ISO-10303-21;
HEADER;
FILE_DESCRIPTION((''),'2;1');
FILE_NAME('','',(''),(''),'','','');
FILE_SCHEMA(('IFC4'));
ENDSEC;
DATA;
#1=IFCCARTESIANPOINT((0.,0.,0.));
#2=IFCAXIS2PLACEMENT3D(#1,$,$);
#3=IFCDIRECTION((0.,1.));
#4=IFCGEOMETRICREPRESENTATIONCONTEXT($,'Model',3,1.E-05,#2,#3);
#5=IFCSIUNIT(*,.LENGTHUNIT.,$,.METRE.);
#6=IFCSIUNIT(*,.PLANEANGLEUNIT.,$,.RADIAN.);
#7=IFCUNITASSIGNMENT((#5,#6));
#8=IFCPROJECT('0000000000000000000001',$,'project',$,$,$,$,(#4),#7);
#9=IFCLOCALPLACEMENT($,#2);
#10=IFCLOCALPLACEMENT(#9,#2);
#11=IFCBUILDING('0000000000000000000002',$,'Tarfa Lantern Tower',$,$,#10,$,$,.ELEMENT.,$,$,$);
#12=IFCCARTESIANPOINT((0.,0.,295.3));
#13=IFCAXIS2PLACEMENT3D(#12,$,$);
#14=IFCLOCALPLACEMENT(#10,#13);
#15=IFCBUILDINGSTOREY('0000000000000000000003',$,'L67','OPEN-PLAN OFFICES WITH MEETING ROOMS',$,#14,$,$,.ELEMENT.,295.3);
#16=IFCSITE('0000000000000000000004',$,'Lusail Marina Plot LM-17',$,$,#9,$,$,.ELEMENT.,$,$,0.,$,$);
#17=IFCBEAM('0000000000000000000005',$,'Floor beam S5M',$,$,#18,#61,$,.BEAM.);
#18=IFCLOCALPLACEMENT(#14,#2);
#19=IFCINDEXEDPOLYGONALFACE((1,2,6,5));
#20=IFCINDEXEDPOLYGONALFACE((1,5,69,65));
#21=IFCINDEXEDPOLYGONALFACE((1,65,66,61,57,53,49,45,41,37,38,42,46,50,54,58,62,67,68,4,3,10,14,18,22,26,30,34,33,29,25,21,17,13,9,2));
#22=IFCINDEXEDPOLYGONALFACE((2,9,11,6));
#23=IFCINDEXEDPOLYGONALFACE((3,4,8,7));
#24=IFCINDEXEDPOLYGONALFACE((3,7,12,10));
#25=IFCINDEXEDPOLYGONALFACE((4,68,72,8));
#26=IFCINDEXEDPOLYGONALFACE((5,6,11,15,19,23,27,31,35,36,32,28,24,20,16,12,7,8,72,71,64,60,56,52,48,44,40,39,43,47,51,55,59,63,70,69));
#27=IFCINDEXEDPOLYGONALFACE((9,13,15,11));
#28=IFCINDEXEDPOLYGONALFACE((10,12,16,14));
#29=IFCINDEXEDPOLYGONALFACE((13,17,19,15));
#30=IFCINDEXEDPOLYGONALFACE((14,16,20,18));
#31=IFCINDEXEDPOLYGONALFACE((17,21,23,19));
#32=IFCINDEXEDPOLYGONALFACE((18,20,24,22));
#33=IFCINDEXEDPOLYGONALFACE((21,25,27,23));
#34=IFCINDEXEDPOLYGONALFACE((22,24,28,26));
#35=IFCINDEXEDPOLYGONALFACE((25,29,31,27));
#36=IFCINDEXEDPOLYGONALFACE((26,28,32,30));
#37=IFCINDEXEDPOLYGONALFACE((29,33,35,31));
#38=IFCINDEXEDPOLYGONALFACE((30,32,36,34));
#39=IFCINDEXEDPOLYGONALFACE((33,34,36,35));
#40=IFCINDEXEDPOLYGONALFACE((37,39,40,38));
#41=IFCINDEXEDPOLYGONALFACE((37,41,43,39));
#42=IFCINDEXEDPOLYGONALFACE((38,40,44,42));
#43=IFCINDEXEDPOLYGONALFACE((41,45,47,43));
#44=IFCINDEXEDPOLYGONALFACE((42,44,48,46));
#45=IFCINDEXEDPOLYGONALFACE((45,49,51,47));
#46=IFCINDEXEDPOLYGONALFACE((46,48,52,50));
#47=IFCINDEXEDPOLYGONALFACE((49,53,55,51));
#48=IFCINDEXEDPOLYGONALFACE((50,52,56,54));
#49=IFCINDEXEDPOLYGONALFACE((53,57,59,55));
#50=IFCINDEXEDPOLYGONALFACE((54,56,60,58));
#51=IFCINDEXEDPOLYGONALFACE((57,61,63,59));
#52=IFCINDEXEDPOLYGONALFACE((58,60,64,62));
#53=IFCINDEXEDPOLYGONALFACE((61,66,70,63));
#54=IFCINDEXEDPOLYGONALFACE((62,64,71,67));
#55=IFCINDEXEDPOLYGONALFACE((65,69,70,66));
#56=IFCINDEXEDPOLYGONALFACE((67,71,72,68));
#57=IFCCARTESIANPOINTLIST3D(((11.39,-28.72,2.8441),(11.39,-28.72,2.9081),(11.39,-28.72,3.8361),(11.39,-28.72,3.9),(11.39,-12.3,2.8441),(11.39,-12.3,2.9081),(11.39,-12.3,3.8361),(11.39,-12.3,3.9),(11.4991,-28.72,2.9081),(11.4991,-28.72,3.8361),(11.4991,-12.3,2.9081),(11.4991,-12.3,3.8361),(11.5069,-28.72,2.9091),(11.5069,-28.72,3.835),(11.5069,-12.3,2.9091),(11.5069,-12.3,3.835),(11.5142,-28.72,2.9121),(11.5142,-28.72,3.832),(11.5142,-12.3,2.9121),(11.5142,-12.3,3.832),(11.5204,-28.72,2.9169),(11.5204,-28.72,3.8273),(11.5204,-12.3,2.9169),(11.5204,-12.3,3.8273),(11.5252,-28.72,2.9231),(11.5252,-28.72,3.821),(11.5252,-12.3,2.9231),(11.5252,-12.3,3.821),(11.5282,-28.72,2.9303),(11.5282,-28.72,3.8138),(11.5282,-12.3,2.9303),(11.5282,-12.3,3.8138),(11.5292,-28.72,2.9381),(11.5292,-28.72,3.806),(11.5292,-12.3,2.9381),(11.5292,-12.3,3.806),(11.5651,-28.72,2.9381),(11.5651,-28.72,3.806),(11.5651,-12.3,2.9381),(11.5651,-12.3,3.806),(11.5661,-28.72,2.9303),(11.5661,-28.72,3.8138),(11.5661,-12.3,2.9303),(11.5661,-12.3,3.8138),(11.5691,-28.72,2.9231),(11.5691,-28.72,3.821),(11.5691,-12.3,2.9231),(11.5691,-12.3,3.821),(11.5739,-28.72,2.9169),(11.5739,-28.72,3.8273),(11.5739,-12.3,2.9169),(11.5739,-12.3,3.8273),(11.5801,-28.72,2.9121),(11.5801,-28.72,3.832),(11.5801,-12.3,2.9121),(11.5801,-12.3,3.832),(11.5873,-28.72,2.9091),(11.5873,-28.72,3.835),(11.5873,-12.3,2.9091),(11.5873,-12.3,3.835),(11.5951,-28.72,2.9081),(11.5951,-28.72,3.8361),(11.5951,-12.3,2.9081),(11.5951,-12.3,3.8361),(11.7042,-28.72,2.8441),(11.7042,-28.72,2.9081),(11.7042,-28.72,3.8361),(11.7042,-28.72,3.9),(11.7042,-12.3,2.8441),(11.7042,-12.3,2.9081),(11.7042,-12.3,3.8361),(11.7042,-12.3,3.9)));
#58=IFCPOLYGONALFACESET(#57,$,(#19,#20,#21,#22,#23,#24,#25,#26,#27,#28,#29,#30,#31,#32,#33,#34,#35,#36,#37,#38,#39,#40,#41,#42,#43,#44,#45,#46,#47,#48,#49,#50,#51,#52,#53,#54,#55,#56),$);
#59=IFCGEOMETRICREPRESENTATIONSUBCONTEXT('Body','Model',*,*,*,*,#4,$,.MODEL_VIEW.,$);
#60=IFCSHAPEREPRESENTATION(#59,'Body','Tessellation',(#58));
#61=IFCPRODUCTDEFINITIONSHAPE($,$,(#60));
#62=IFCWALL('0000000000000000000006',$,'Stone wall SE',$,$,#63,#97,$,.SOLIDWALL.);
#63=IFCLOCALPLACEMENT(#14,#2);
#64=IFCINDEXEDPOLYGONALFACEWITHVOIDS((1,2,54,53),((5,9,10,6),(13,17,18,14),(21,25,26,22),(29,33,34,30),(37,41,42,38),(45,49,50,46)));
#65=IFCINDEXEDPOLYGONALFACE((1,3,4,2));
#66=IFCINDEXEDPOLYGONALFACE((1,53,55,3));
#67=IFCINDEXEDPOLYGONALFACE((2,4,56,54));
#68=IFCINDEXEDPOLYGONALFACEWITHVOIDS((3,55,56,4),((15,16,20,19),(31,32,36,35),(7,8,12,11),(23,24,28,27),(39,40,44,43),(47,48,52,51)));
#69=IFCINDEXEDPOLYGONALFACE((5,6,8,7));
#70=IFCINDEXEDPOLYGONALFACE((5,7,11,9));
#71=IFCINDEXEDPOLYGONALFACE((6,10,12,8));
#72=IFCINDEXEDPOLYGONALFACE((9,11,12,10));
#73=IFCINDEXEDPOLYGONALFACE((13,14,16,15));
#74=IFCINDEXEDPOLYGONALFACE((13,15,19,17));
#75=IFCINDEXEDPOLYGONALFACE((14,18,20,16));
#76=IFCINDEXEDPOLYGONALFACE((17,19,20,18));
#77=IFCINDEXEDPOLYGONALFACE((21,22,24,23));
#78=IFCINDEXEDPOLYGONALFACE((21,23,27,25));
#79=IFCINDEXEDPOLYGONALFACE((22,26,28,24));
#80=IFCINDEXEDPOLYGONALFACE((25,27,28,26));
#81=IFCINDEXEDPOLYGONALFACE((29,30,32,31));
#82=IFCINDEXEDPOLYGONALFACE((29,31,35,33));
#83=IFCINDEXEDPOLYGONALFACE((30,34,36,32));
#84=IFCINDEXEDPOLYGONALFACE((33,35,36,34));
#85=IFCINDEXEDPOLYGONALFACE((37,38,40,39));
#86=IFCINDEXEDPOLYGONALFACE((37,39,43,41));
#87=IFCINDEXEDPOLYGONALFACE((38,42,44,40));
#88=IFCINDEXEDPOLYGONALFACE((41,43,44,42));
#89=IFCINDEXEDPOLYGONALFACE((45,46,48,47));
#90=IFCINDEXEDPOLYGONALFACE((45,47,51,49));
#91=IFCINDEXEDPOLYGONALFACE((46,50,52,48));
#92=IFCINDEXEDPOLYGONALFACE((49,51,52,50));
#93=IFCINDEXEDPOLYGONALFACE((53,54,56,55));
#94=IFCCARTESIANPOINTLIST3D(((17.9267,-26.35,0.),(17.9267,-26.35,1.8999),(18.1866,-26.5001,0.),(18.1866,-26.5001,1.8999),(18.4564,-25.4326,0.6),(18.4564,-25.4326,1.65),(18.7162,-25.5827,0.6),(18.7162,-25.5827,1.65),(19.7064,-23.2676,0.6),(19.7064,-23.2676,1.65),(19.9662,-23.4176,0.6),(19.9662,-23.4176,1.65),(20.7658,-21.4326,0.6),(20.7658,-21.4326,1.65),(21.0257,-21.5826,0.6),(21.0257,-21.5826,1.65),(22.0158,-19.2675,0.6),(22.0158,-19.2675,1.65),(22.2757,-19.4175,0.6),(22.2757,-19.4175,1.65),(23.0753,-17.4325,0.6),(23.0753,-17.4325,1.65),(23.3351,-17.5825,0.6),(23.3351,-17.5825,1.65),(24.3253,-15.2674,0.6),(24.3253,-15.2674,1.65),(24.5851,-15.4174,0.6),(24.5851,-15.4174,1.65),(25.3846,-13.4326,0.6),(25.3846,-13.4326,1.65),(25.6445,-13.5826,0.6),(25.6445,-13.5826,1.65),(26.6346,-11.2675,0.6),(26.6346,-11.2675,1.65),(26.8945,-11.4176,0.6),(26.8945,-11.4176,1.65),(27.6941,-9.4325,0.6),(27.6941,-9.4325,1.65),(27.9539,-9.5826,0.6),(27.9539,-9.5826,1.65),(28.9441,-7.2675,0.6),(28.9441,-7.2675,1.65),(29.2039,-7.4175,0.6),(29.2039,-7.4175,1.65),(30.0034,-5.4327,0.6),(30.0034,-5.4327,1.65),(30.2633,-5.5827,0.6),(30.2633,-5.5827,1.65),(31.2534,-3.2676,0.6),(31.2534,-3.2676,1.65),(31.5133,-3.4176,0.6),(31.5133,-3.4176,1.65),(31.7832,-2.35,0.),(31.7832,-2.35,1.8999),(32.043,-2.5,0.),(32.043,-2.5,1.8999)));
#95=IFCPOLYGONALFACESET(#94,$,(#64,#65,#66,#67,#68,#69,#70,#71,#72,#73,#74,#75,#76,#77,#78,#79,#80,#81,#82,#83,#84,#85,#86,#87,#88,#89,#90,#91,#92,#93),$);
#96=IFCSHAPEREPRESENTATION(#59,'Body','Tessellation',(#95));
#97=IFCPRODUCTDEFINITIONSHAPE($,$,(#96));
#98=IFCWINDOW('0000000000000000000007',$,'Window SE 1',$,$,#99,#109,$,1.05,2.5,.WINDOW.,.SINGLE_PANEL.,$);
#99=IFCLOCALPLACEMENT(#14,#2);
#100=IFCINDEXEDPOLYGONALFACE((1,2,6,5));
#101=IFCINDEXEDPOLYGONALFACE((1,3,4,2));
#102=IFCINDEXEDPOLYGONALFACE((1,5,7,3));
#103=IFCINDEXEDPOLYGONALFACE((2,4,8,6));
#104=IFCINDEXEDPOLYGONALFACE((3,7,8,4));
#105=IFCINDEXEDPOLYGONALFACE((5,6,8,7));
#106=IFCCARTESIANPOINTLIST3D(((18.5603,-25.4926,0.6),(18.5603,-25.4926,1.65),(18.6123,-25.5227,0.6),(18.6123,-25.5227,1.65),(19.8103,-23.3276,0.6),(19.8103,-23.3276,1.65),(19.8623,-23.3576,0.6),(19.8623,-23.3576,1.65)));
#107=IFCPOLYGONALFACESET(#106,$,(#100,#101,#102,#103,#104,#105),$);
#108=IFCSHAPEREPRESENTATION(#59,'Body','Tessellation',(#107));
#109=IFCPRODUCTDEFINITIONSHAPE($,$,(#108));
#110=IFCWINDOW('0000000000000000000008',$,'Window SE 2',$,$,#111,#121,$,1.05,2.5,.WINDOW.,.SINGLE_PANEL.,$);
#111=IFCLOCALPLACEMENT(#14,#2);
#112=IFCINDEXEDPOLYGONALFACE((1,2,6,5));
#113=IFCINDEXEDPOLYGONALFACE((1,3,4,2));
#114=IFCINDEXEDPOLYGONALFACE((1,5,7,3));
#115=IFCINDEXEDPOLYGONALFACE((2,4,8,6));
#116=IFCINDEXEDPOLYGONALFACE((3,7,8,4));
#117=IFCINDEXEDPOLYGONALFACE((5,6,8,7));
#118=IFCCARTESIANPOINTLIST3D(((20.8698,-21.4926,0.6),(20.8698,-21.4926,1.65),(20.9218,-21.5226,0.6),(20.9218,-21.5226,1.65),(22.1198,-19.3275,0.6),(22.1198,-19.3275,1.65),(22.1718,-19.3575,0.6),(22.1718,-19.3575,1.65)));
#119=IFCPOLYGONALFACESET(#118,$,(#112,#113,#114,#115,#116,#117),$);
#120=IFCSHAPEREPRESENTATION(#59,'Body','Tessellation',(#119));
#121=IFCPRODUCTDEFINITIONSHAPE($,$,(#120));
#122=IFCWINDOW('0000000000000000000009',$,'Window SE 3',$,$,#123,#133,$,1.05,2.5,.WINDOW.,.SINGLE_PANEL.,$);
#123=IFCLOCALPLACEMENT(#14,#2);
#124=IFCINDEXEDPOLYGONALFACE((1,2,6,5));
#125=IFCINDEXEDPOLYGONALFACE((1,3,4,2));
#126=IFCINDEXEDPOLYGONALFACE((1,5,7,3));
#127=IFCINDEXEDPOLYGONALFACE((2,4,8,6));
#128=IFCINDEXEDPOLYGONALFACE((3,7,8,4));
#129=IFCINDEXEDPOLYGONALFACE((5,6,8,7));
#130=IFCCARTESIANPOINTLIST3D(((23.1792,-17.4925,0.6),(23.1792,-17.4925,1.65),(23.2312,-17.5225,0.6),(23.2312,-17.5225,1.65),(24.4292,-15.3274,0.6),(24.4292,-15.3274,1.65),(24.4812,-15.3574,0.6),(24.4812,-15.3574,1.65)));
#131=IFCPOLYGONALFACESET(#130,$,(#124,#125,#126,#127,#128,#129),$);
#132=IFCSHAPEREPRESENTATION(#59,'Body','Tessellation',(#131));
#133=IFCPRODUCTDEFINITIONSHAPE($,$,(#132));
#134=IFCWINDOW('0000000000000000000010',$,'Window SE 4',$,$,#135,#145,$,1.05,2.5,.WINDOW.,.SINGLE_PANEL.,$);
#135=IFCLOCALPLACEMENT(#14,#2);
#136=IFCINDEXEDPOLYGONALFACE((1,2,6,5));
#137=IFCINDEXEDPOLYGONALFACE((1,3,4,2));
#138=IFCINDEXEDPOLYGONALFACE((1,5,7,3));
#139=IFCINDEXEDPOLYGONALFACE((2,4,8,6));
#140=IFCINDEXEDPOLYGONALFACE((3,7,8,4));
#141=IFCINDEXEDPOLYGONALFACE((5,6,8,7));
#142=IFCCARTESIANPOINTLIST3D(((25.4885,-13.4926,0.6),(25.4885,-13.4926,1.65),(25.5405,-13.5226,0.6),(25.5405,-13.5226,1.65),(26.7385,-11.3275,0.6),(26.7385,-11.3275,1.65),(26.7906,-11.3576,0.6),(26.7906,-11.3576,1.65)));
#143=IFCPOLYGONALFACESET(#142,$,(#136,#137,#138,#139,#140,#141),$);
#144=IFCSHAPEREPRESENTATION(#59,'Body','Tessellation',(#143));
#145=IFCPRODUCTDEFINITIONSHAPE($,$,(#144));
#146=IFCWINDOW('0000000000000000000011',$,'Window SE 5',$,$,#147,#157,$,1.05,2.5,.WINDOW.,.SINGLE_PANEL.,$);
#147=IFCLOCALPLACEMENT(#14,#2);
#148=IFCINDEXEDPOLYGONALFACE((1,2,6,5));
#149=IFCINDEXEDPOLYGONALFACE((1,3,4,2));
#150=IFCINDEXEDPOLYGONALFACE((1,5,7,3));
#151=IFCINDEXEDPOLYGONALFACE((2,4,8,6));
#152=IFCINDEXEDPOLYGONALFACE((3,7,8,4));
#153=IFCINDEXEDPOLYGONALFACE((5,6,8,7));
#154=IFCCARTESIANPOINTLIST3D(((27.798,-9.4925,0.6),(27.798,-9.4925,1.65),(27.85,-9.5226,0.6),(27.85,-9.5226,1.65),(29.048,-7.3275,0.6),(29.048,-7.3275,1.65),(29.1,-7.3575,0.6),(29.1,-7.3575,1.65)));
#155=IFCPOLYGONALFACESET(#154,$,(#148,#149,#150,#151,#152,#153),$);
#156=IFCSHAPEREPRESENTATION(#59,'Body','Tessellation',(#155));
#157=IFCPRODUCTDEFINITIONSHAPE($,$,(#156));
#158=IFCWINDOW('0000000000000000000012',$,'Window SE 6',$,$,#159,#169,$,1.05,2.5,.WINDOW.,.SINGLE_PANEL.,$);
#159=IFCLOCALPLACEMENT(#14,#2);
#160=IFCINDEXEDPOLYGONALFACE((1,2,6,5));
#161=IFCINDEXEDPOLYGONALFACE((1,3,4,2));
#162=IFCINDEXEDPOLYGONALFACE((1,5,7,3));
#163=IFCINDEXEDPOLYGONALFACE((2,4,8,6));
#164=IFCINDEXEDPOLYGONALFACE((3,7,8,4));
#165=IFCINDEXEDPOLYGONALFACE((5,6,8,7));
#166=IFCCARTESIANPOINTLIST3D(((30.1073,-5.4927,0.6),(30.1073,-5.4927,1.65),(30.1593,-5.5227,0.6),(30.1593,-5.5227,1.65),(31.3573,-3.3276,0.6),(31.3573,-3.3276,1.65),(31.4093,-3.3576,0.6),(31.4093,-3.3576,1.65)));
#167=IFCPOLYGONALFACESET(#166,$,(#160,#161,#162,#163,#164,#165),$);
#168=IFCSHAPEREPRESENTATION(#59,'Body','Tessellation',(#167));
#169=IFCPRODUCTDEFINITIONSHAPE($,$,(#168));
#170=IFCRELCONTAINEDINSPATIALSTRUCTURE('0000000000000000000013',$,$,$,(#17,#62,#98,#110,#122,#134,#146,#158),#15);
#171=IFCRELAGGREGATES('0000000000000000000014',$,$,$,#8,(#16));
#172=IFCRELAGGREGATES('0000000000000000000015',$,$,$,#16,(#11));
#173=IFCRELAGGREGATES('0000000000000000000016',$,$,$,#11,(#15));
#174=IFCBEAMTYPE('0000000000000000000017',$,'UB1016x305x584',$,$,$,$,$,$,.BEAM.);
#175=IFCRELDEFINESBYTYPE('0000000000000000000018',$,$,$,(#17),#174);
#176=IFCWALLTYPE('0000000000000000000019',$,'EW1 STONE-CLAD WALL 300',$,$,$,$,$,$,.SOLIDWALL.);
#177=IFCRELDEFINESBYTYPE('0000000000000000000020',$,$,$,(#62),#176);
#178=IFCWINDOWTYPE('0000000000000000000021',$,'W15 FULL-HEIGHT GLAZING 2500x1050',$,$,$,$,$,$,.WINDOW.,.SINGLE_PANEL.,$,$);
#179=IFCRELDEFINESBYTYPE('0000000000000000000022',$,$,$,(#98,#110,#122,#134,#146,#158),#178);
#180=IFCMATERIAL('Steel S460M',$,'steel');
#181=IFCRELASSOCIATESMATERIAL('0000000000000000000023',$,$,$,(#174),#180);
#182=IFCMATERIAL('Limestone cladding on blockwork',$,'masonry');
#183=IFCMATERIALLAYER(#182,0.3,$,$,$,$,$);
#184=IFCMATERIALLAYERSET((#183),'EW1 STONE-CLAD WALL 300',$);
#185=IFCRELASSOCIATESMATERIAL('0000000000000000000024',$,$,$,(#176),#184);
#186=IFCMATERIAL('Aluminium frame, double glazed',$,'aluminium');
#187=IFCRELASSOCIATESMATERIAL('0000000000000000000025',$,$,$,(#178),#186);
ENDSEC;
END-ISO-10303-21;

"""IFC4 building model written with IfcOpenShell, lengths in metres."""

from ifc_helpers import new_model, si_unit, direction, frame, frame_2d, origin, origin_2d, place, context, subcontext, project, spatial, rectangle, i_section, extrude, material, layer, layer_set, material_profile, profile_set, type_object, element, fill, save


model = new_model("IFC4")

# Units and contexts
model_context = context("Model", 3, precision=1e-05, world=origin(), true_north=direction((0.0, 1.0)))
body_context = subcontext(model_context, "Body", "Model", "MODEL_VIEW")
ifc_project = project(units=[si_unit("LENGTHUNIT", "METRE"), si_unit("PLANEANGLEUNIT", "RADIAN")], contexts=[model_context])

# Site, building, storey
site_placement = place(None, origin())
site = spatial("IfcSite", under=ifc_project, at=site_placement, Name="Lusail Marina Plot LM-17", CompositionType="ELEMENT", RefElevation=0.0)
building_placement = place(site_placement, origin())
building = spatial("IfcBuilding", under=site, at=building_placement, Name="Tarfa Lantern Tower", CompositionType="ELEMENT")
storey_placement = place(building_placement, frame((0.0, 0.0, 295.3)))
storey = spatial("IfcBuildingStorey", under=building, at=storey_placement, Name="L67", Description="OPEN-PLAN OFFICES WITH MEETING ROOMS", CompositionType="ELEMENT", Elevation=295.3)

# Beam
ifc_material_1 = material(Name="Steel S460M", Category="steel")
ifc_material_profile_1 = material_profile(ifc_material_1, i_section(OverallWidth=0.3142, OverallDepth=1.0559, WebThickness=0.0359, FlangeThickness=0.064, FilletRadius=0.03, at=origin_2d()), Name="UB1016x305x584")
ifc_profile_set_1 = profile_set([ifc_material_profile_1], Name="Steel S460M")
beam_type_1 = type_object("IfcBeamType", Name="UB1016x305x584", PredefinedType="BEAM", material=ifc_profile_set_1)
beam_1_placement = place(storey_placement, frame((11.5471, -28.72, 3.3721), z_axis=(0.0, 1.0, 0.0), x_axis=(-1.0, 0.0, 0.0)))
element("IfcBeam", 1, at=beam_1_placement, inside=storey, type_object=beam_type_1, Name="Floor beam S5M", PredefinedType="BEAM", context=body_context, shape_type="SweptSolid", body=[
    extrude(i_section(OverallWidth=0.3142, OverallDepth=1.0559, WebThickness=0.0359, FlangeThickness=0.064, FilletRadius=0.03, at=origin_2d()), origin(), (0.0, 0.0, 1.0), 16.4199),
])

# Wall, openings, windows
ifc_material_2 = material(Name="Limestone cladding on blockwork", Category="masonry")
ifc_layer = layer(ifc_material_2, 0.3)
ifc_layer_set = layer_set([ifc_layer], Name="EW1 STONE-CLAD WALL 300")
wall_type = type_object("IfcWallType", Name="EW1 STONE-CLAD WALL 300", PredefinedType="SOLIDWALL", material=ifc_layer_set)
wall_placement = place(storey_placement, frame((18.0566, -26.425, 0.0), z_axis=(0.0, 0.0, 1.0), x_axis=(0.500001, 0.866025, 0.0)))
wall = element("IfcWall", 2, at=wall_placement, inside=storey, type_object=wall_type, Name="Stone wall SE", PredefinedType="SOLIDWALL", context=body_context, shape_type="SweptSolid", body=[
    extrude(rectangle(XDim=27.7129, YDim=0.3, at=frame_2d((13.8564, 0.0))), origin(), (0.0, 0.0, 1.0), 1.8999),
])
opening_1_placement = place(wall_placement, frame((1.0593, 0.0, 0.6001)))
opening_1 = element("IfcOpeningElement", 3, at=opening_1_placement, cuts=wall, PredefinedType="OPENING", context=body_context, shape_type="SweptSolid", body=[
    extrude(rectangle(XDim=2.5, YDim=1.05, at=frame_2d((1.25, 0.5249))), frame((0.0, 0.1599, 0.0), z_axis=(0.0, -1.0, 0.0), x_axis=(1.0, 0.0, 0.0)), (0.0, 0.0, 1.0), 0.3201),
])
opening_2_placement = place(wall_placement, frame((5.6782, 0.0, 0.6001)))
opening_2 = element("IfcOpeningElement", 4, at=opening_2_placement, cuts=wall, PredefinedType="OPENING", context=body_context, shape_type="SweptSolid", body=[
    extrude(rectangle(XDim=2.5, YDim=1.05, at=frame_2d((1.25, 0.5249))), frame((0.0, 0.1599, 0.0), z_axis=(0.0, -1.0, 0.0), x_axis=(1.0, 0.0, 0.0)), (0.0, 0.0, 1.0), 0.3201),
])
opening_3_placement = place(wall_placement, frame((10.2971, 0.0, 0.6001)))
opening_3 = element("IfcOpeningElement", 5, at=opening_3_placement, cuts=wall, PredefinedType="OPENING", context=body_context, shape_type="SweptSolid", body=[
    extrude(rectangle(XDim=2.5, YDim=1.05, at=frame_2d((1.25, 0.5249))), frame((0.0, 0.1599, 0.0), z_axis=(0.0, -1.0, 0.0), x_axis=(1.0, 0.0, 0.0)), (0.0, 0.0, 1.0), 0.3201),
])
opening_4_placement = place(wall_placement, frame((14.9158, 0.0, 0.6001)))
opening_4 = element("IfcOpeningElement", 6, at=opening_4_placement, cuts=wall, PredefinedType="OPENING", context=body_context, shape_type="SweptSolid", body=[
    extrude(rectangle(XDim=2.5, YDim=1.05, at=frame_2d((1.25, 0.5249))), frame((0.0, 0.1599, 0.0), z_axis=(0.0, -1.0, 0.0), x_axis=(1.0, 0.0, 0.0)), (0.0, 0.0, 1.0), 0.3201),
])
opening_5_placement = place(wall_placement, frame((19.5347, 0.0, 0.6001)))
opening_5 = element("IfcOpeningElement", 7, at=opening_5_placement, cuts=wall, PredefinedType="OPENING", context=body_context, shape_type="SweptSolid", body=[
    extrude(rectangle(XDim=2.5, YDim=1.05, at=frame_2d((1.25, 0.5249))), frame((0.0, 0.1599, 0.0), z_axis=(0.0, -1.0, 0.0), x_axis=(1.0, 0.0, 0.0)), (0.0, 0.0, 1.0), 0.3201),
])
opening_6_placement = place(wall_placement, frame((24.1533, 0.0, 0.6001)))
opening_6 = element("IfcOpeningElement", 8, at=opening_6_placement, cuts=wall, PredefinedType="OPENING", context=body_context, shape_type="SweptSolid", body=[
    extrude(rectangle(XDim=2.5, YDim=1.05, at=frame_2d((1.25, 0.5249))), frame((0.0, 0.1599, 0.0), z_axis=(0.0, -1.0, 0.0), x_axis=(1.0, 0.0, 0.0)), (0.0, 0.0, 1.0), 0.3201),
])
ifc_material_3 = material(Name="Aluminium frame, double glazed", Category="aluminium")
window_type = type_object("IfcWindowType", Name="W15 FULL-HEIGHT GLAZING 2500x1050", PartitioningType="SINGLE_PANEL", PredefinedType="WINDOW", material=ifc_material_3)
window_1_placement = place(opening_1_placement, origin())
window_1 = element("IfcWindow", 9, at=window_1_placement, inside=storey, type_object=window_type, Name="Window SE 1", OverallHeight=1.05, OverallWidth=2.5, PartitioningType="SINGLE_PANEL", PredefinedType="WINDOW", context=body_context, shape_type="SweptSolid", body=[
    extrude(rectangle(XDim=2.5, YDim=1.05, at=frame_2d((1.25, 0.5249))), frame((0.0, 0.03, 0.0), z_axis=(0.0, -1.0, 0.0), x_axis=(1.0, 0.0, 0.0)), (0.0, 0.0, 1.0), 0.0601),
])
fill(opening_1, window_1)
window_2_placement = place(opening_2_placement, origin())
window_2 = element("IfcWindow", 10, at=window_2_placement, inside=storey, type_object=window_type, Name="Window SE 2", OverallHeight=1.05, OverallWidth=2.5, PartitioningType="SINGLE_PANEL", PredefinedType="WINDOW", context=body_context, shape_type="SweptSolid", body=[
    extrude(rectangle(XDim=2.5, YDim=1.05, at=frame_2d((1.25, 0.5249))), frame((0.0, 0.03, 0.0), z_axis=(0.0, -1.0, 0.0), x_axis=(1.0, 0.0, 0.0)), (0.0, 0.0, 1.0), 0.0601),
])
fill(opening_2, window_2)
window_3_placement = place(opening_3_placement, origin())
window_3 = element("IfcWindow", 11, at=window_3_placement, inside=storey, type_object=window_type, Name="Window SE 3", OverallHeight=1.05, OverallWidth=2.5, PartitioningType="SINGLE_PANEL", PredefinedType="WINDOW", context=body_context, shape_type="SweptSolid", body=[
    extrude(rectangle(XDim=2.5, YDim=1.05, at=frame_2d((1.25, 0.5249))), frame((0.0, 0.03, 0.0), z_axis=(0.0, -1.0, 0.0), x_axis=(1.0, 0.0, 0.0)), (0.0, 0.0, 1.0), 0.0601),
])
fill(opening_3, window_3)
window_4_placement = place(opening_4_placement, origin())
window_4 = element("IfcWindow", 12, at=window_4_placement, inside=storey, type_object=window_type, Name="Window SE 4", OverallHeight=1.05, OverallWidth=2.5, PartitioningType="SINGLE_PANEL", PredefinedType="WINDOW", context=body_context, shape_type="SweptSolid", body=[
    extrude(rectangle(XDim=2.5, YDim=1.05, at=frame_2d((1.25, 0.5249))), frame((0.0, 0.03, 0.0), z_axis=(0.0, -1.0, 0.0), x_axis=(1.0, 0.0, 0.0)), (0.0, 0.0, 1.0), 0.0601),
])
fill(opening_4, window_4)
window_5_placement = place(opening_5_placement, origin())
window_5 = element("IfcWindow", 13, at=window_5_placement, inside=storey, type_object=window_type, Name="Window SE 5", OverallHeight=1.05, OverallWidth=2.5, PartitioningType="SINGLE_PANEL", PredefinedType="WINDOW", context=body_context, shape_type="SweptSolid", body=[
    extrude(rectangle(XDim=2.5, YDim=1.05, at=frame_2d((1.25, 0.5249))), frame((0.0, 0.03, 0.0), z_axis=(0.0, -1.0, 0.0), x_axis=(1.0, 0.0, 0.0)), (0.0, 0.0, 1.0), 0.0601),
])
fill(opening_5, window_5)
window_6_placement = place(opening_6_placement, origin())
window_6 = element("IfcWindow", 14, at=window_6_placement, inside=storey, type_object=window_type, Name="Window SE 6", OverallHeight=1.05, OverallWidth=2.5, PartitioningType="SINGLE_PANEL", PredefinedType="WINDOW", context=body_context, shape_type="SweptSolid", body=[
    extrude(rectangle(XDim=2.5, YDim=1.05, at=frame_2d((1.25, 0.5249))), frame((0.0, 0.03, 0.0), z_axis=(0.0, -1.0, 0.0), x_axis=(1.0, 0.0, 0.0)), (0.0, 0.0, 1.0), 0.0601),
])
fill(opening_6, window_6)

save(model, "model.ifc")
